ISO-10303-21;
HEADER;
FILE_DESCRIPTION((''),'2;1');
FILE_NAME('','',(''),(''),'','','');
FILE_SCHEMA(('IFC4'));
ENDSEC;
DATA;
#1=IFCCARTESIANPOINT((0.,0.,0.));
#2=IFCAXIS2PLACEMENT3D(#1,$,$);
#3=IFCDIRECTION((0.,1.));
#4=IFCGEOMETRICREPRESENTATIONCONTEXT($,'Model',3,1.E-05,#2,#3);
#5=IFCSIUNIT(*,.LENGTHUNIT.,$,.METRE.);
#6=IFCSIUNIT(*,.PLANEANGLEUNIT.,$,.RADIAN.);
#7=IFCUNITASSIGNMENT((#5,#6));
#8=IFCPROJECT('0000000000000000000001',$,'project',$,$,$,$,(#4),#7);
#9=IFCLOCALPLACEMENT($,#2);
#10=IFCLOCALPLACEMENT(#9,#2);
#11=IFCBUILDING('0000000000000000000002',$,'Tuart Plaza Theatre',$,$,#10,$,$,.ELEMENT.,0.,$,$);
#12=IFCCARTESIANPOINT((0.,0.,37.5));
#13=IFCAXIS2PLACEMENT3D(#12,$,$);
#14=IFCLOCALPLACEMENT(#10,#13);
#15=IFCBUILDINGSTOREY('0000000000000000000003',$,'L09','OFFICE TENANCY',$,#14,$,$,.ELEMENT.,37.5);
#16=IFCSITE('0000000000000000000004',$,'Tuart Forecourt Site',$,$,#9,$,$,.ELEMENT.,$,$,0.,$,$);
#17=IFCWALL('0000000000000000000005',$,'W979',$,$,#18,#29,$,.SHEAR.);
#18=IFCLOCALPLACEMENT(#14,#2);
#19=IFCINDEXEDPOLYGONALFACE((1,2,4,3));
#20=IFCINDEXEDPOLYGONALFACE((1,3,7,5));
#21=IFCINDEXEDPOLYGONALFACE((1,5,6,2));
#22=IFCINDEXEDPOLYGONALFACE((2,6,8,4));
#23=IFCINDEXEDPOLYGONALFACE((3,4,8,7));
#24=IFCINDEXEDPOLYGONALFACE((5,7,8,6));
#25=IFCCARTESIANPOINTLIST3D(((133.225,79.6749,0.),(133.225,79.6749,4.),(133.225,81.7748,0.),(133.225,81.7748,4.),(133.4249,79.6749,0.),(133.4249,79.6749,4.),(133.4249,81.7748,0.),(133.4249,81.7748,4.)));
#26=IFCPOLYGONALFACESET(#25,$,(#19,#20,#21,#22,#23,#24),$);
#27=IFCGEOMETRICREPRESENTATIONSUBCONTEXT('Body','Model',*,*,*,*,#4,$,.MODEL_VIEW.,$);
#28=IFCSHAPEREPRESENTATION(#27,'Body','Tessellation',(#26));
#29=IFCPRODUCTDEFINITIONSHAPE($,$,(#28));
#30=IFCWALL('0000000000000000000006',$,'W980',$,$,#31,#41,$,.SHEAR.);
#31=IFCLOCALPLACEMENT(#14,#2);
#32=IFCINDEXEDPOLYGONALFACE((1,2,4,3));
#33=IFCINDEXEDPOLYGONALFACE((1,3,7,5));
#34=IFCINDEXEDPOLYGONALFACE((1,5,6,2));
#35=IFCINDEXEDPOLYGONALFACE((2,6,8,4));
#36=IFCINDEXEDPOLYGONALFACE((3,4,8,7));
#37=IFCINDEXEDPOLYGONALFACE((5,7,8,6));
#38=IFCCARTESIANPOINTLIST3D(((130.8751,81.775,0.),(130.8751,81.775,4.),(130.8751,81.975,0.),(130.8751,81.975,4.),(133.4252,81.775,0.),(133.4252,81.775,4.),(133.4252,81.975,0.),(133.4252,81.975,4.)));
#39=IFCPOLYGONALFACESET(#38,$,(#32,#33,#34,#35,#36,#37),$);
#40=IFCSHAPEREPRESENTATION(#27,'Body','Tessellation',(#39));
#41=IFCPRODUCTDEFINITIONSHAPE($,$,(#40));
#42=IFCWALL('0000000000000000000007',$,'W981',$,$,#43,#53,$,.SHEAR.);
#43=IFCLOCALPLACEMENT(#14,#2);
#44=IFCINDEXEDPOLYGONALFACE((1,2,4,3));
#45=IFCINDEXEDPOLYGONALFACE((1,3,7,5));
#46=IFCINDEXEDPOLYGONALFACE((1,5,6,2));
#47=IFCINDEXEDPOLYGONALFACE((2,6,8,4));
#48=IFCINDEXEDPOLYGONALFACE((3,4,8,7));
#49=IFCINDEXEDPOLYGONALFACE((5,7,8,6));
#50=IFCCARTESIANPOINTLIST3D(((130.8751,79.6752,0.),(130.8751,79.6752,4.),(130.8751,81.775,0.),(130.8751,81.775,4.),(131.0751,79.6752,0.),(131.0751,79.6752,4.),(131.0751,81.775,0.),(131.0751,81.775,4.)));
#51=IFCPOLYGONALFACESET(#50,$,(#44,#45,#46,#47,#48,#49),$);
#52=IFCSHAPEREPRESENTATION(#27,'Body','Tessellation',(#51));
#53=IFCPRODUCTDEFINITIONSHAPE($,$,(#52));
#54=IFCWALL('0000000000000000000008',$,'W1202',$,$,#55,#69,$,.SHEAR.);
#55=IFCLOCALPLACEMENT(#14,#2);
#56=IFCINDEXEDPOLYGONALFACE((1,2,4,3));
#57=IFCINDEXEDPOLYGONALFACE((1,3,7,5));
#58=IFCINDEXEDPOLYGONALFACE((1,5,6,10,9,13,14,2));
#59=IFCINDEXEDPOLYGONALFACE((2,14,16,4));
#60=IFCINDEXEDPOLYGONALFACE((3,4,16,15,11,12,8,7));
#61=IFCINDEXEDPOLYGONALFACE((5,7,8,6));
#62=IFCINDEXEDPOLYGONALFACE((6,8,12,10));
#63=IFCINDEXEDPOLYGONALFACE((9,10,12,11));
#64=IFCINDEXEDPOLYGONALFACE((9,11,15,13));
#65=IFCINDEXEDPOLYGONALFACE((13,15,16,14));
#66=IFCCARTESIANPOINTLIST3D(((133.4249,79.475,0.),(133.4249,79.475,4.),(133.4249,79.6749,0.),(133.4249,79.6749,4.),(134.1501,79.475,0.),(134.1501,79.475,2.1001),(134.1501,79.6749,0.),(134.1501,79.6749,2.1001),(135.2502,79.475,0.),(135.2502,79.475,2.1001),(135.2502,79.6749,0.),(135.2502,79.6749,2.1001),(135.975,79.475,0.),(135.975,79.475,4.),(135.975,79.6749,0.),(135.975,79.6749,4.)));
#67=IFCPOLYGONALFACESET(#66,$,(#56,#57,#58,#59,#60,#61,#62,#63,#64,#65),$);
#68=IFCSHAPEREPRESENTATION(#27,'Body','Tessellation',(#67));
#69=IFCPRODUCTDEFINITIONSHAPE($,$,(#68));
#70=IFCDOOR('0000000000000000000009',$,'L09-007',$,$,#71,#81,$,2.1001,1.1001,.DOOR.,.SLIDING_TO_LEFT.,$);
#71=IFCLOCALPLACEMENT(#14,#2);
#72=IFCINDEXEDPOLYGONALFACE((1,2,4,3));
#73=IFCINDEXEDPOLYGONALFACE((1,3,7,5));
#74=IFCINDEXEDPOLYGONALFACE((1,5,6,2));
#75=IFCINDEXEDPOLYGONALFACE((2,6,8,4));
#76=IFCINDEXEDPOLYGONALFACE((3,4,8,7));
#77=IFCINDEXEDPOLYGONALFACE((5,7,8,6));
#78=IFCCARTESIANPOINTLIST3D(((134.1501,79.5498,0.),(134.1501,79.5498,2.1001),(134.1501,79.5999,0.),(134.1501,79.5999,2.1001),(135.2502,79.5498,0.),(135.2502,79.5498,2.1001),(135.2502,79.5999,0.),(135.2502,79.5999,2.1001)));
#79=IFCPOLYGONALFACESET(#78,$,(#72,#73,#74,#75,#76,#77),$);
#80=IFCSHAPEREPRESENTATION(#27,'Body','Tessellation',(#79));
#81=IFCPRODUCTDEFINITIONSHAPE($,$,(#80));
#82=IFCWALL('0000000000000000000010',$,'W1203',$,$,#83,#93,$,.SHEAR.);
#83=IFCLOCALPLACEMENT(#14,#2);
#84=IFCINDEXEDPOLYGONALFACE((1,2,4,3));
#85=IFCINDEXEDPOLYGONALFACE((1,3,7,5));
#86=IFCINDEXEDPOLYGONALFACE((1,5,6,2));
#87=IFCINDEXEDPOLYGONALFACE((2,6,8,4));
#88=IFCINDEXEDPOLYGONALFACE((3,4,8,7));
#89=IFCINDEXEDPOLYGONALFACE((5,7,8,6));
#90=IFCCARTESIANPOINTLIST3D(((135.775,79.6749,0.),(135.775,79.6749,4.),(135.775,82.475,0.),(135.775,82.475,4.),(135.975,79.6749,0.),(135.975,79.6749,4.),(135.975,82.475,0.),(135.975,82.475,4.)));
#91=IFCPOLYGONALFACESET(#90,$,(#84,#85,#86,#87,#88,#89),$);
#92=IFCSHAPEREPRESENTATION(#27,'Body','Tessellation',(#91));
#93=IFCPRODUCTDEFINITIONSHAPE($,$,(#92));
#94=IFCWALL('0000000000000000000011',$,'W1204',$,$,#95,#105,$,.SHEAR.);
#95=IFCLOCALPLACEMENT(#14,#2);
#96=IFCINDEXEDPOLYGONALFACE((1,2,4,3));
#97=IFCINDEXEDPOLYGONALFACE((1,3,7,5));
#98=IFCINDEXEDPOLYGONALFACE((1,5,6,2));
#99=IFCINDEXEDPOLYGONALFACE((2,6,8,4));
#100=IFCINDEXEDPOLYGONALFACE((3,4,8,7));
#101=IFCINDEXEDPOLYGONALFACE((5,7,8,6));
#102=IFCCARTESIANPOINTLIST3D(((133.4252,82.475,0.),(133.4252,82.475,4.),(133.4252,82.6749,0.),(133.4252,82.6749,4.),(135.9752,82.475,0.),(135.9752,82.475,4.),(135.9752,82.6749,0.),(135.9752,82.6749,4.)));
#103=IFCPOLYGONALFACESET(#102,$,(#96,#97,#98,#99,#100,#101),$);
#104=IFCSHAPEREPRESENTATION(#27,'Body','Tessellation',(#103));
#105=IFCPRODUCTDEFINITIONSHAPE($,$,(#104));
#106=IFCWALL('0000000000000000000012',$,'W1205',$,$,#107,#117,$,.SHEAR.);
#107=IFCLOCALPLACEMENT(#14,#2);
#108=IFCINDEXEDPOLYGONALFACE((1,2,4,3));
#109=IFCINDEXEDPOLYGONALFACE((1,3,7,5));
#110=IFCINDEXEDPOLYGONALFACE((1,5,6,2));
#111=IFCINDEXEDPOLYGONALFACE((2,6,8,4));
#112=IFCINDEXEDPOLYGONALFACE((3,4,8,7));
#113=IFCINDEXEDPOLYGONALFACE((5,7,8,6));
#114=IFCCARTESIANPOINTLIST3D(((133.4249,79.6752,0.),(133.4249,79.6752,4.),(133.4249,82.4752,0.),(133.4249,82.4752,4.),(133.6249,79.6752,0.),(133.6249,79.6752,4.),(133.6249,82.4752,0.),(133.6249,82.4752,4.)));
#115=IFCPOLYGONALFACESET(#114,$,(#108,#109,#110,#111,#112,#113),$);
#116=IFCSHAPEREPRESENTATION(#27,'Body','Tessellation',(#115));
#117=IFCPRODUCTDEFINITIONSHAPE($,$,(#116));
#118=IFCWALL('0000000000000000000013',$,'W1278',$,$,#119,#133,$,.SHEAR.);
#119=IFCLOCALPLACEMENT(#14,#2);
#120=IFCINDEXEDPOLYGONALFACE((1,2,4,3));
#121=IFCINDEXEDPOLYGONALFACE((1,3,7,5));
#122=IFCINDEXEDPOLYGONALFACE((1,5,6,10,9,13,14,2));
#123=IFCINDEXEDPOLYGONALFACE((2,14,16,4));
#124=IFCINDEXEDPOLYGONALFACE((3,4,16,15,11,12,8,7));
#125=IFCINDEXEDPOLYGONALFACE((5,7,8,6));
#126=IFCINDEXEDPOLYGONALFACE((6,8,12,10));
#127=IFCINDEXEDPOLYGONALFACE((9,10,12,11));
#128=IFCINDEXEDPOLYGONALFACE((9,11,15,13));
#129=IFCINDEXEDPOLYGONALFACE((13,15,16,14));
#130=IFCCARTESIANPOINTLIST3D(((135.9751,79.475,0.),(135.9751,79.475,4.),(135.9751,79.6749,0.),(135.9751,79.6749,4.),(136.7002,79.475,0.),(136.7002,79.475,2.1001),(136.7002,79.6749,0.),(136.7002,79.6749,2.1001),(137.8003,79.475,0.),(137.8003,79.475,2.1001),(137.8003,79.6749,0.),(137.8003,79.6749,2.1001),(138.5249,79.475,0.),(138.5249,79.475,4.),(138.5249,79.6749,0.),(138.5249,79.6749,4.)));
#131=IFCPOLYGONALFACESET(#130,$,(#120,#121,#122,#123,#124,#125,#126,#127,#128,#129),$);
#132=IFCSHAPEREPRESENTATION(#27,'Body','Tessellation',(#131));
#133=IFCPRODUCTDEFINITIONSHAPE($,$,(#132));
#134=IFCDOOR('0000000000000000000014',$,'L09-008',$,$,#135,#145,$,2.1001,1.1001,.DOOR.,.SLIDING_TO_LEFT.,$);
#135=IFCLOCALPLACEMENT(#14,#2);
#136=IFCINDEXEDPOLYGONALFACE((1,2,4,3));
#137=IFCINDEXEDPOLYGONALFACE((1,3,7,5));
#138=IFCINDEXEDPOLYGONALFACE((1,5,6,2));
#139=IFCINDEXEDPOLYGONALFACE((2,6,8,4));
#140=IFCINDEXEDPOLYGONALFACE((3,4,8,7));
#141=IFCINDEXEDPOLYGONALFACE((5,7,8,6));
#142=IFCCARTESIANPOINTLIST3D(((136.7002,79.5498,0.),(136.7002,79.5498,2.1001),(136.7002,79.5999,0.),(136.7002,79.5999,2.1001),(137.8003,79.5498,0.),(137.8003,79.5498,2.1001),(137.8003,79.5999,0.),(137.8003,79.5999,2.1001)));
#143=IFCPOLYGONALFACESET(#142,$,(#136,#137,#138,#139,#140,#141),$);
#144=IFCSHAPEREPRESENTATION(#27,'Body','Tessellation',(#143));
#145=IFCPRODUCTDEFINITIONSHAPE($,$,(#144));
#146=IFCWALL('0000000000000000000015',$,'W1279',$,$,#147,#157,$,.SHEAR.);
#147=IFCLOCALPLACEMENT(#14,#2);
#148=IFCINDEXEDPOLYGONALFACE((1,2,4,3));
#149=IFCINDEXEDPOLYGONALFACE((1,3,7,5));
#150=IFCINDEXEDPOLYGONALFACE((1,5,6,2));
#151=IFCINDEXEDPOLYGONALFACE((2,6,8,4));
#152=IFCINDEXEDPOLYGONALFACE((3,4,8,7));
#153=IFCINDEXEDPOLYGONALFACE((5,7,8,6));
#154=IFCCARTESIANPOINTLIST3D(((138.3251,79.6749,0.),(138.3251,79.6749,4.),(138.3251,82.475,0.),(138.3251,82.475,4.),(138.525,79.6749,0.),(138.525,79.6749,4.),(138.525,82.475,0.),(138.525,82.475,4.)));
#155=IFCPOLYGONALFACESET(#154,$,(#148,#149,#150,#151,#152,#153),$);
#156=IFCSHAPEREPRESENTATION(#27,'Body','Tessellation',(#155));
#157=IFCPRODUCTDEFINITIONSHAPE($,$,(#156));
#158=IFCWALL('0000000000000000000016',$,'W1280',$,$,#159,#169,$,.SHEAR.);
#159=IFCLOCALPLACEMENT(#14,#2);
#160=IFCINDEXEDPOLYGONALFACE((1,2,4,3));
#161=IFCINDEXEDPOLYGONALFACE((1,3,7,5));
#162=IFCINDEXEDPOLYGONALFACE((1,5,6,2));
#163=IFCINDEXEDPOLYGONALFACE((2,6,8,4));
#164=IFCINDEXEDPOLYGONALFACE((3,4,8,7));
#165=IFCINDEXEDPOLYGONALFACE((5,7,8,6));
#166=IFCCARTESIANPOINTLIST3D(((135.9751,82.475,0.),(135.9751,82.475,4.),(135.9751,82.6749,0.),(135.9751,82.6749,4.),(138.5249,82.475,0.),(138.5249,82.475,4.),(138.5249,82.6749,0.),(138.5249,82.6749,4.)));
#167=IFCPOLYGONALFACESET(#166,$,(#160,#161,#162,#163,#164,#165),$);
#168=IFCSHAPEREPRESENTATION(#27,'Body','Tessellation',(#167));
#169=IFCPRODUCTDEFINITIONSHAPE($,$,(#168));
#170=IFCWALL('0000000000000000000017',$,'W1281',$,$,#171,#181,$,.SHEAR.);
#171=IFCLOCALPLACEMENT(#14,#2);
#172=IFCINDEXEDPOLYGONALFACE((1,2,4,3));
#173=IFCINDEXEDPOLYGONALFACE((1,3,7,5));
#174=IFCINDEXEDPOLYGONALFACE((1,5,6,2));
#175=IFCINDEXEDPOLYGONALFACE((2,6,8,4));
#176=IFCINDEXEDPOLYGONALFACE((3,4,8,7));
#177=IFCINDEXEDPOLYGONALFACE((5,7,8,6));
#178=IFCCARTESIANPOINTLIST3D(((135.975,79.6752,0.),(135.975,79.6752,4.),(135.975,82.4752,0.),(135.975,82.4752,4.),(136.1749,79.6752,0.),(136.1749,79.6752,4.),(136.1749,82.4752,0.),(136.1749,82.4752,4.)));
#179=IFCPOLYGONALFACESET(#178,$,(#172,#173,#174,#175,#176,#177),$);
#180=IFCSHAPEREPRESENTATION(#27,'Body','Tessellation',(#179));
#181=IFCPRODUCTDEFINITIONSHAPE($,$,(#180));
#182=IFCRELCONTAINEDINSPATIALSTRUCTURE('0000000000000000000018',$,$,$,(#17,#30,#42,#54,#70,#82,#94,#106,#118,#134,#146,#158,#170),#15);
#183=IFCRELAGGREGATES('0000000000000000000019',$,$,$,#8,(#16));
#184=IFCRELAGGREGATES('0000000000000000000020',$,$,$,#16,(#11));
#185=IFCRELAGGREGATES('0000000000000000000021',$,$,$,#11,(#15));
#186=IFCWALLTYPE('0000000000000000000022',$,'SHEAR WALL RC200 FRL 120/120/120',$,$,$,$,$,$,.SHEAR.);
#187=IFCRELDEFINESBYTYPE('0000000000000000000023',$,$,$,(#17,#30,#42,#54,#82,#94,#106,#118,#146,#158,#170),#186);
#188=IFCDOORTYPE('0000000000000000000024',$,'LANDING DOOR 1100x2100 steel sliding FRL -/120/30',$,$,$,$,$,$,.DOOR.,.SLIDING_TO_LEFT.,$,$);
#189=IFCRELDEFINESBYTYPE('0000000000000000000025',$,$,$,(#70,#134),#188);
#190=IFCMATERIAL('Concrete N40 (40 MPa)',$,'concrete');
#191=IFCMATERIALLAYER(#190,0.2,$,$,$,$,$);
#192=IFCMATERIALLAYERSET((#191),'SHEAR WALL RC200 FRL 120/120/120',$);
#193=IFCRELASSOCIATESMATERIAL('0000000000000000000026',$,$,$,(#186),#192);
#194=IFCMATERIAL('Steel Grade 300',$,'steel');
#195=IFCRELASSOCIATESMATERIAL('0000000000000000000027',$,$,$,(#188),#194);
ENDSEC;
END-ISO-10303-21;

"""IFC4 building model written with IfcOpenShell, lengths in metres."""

from ifc_helpers import new_model, si_unit, direction, frame, frame_2d, origin, place, context, subcontext, project, spatial, rectangle, extrude, material, layer, layer_set, type_object, element, fill, save


model = new_model("IFC4")

# Units and contexts
model_context = context("Model", 3, precision=1e-05, world=origin(), true_north=direction((0.0, 1.0)))
body_context = subcontext(model_context, "Body", "Model", "MODEL_VIEW")
ifc_project = project(units=[si_unit("LENGTHUNIT", "METRE"), si_unit("PLANEANGLEUNIT", "RADIAN")], contexts=[model_context])

# Site, building, storey
site_placement = place(None, origin())
site = spatial("IfcSite", under=ifc_project, at=site_placement, Name="Tuart Forecourt Site", CompositionType="ELEMENT", RefElevation=0.0)
building_placement = place(site_placement, origin())
building = spatial("IfcBuilding", under=site, at=building_placement, Name="Tuart Plaza Theatre", CompositionType="ELEMENT", ElevationOfRefHeight=0.0)
storey_placement = place(building_placement, frame((0.0, 0.0, 37.5)))
storey = spatial("IfcBuildingStorey", under=building, at=storey_placement, Name="L09", Description="OFFICE TENANCY", CompositionType="ELEMENT", Elevation=37.5)

# Shared definitions
ifc_material_1 = material(Name="Concrete N40 (40 MPa)", Category="concrete")
ifc_layer_1 = layer(ifc_material_1, 0.2)
ifc_layer_set_1 = layer_set([ifc_layer_1], Name="SHEAR WALL RC200 FRL 120/120/120")
wall_type_1 = type_object("IfcWallType", Name="SHEAR WALL RC200 FRL 120/120/120", PredefinedType="SHEAR", material=ifc_layer_set_1)

# Shared definitions
ifc_material_2 = material(Name="Steel Grade 300", Category="steel")
door_type_1 = type_object("IfcDoorType", Name="LANDING DOOR 1100x2100 steel sliding FRL -/120/30", OperationType="SLIDING_TO_LEFT", PredefinedType="DOOR", material=ifc_material_2)

# Walls
wall_1_placement = place(storey_placement, frame((133.325, 79.675, 0.0), z_axis=(0.0, 0.0, 1.0), x_axis=(0.0, 1.0, 0.0)))
element("IfcWall", 1, at=wall_1_placement, inside=storey, type_object=wall_type_1, Name="W979", PredefinedType="SHEAR", context=body_context, shape_type="SweptSolid", body=[
    extrude(rectangle(XDim=2.0999, YDim=0.2, at=frame_2d((1.0498, 0.0))), origin(), (0.0, 0.0, 1.0), 4.0),
])
wall_2_placement = place(storey_placement, frame((133.425, 81.875, 0.0), z_axis=(0.0, 0.0, 1.0), x_axis=(-1.0, 0.0, 0.0)))
element("IfcWall", 2, at=wall_2_placement, inside=storey, type_object=wall_type_1, Name="W980", PredefinedType="SHEAR", context=body_context, shape_type="SweptSolid", body=[
    extrude(rectangle(XDim=2.55, YDim=0.2, at=frame_2d((1.2749, 0.0))), origin(), (0.0, 0.0, 1.0), 4.0),
])
wall_3_placement = place(storey_placement, frame((130.9751, 81.7749, 0.0), z_axis=(0.0, 0.0, 1.0), x_axis=(0.0, -1.0, 0.0)))
element("IfcWall", 3, at=wall_3_placement, inside=storey, type_object=wall_type_1, Name="W981", PredefinedType="SHEAR", context=body_context, shape_type="SweptSolid", body=[
    extrude(rectangle(XDim=2.0999, YDim=0.2, at=frame_2d((1.0498, 0.0))), origin(), (0.0, 0.0, 1.0), 4.0),
])

# Wall, opening, door
wall_4_placement = place(storey_placement, frame((133.425, 79.575, 0.0), z_axis=(0.0, 0.0, 1.0), x_axis=(1.0, 0.0, 0.0)))
wall_4 = element("IfcWall", 4, at=wall_4_placement, inside=storey, type_object=wall_type_1, Name="W1202", PredefinedType="SHEAR", context=body_context, shape_type="SweptSolid", body=[
    extrude(rectangle(XDim=2.55, YDim=0.2, at=frame_2d((1.2749, 0.0))), origin(), (0.0, 0.0, 1.0), 4.0),
])
opening_1_placement = place(wall_4_placement, frame((0.7251, 0.0, 0.0)))
opening_1 = element("IfcOpeningElement", 5, at=opening_1_placement, cuts=wall_4, PredefinedType="OPENING", context=body_context, shape_type="SweptSolid", body=[
    extrude(rectangle(XDim=1.1001, YDim=2.1001, at=frame_2d((0.55, 1.05))), frame((0.0, 0.1099, 0.0), z_axis=(0.0, -1.0, 0.0), x_axis=(1.0, 0.0, 0.0)), (0.0, 0.0, 1.0), 0.22),
])
door_1_placement = place(opening_1_placement, origin())
door_1 = element("IfcDoor", 6, at=door_1_placement, inside=storey, type_object=door_type_1, Name="L09-007", OperationType="SLIDING_TO_LEFT", OverallHeight=2.1001, OverallWidth=1.1001, PredefinedType="DOOR", context=body_context, shape_type="SweptSolid", body=[
    extrude(rectangle(XDim=1.1001, YDim=2.1001, at=frame_2d((0.55, 1.05))), frame((0.0, 0.0249, 0.0), z_axis=(0.0, -1.0, 0.0), x_axis=(1.0, 0.0, 0.0)), (0.0, 0.0, 1.0), 0.05),
])
fill(opening_1, door_1)

# Walls
wall_5_placement = place(storey_placement, frame((135.875, 79.675, 0.0), z_axis=(0.0, 0.0, 1.0), x_axis=(0.0, 1.0, 0.0)))
element("IfcWall", 7, at=wall_5_placement, inside=storey, type_object=wall_type_1, Name="W1203", PredefinedType="SHEAR", context=body_context, shape_type="SweptSolid", body=[
    extrude(rectangle(XDim=2.8, YDim=0.2, at=frame_2d((1.3999, 0.0))), origin(), (0.0, 0.0, 1.0), 4.0),
])
wall_6_placement = place(storey_placement, frame((135.9751, 82.575, 0.0), z_axis=(0.0, 0.0, 1.0), x_axis=(-1.0, 0.0, 0.0)))
element("IfcWall", 8, at=wall_6_placement, inside=storey, type_object=wall_type_1, Name="W1204", PredefinedType="SHEAR", context=body_context, shape_type="SweptSolid", body=[
    extrude(rectangle(XDim=2.55, YDim=0.2, at=frame_2d((1.2749, 0.0))), origin(), (0.0, 0.0, 1.0), 4.0),
])
wall_7_placement = place(storey_placement, frame((133.5249, 82.4751, 0.0), z_axis=(0.0, 0.0, 1.0), x_axis=(0.0, -1.0, 0.0)))
element("IfcWall", 9, at=wall_7_placement, inside=storey, type_object=wall_type_1, Name="W1205", PredefinedType="SHEAR", context=body_context, shape_type="SweptSolid", body=[
    extrude(rectangle(XDim=2.8, YDim=0.2, at=frame_2d((1.3999, 0.0))), origin(), (0.0, 0.0, 1.0), 4.0),
])

# Wall, opening, door
wall_8_placement = place(storey_placement, frame((135.9751, 79.575, 0.0), z_axis=(0.0, 0.0, 1.0), x_axis=(1.0, 0.0, 0.0)))
wall_8 = element("IfcWall", 10, at=wall_8_placement, inside=storey, type_object=wall_type_1, Name="W1278", PredefinedType="SHEAR", context=body_context, shape_type="SweptSolid", body=[
    extrude(rectangle(XDim=2.5498, YDim=0.2, at=frame_2d((1.2749, 0.0))), origin(), (0.0, 0.0, 1.0), 4.0),
])
opening_2_placement = place(wall_8_placement, frame((0.7251, 0.0, 0.0)))
opening_2 = element("IfcOpeningElement", 11, at=opening_2_placement, cuts=wall_8, PredefinedType="OPENING", context=body_context, shape_type="SweptSolid", body=[
    extrude(rectangle(XDim=1.1001, YDim=2.1001, at=frame_2d((0.55, 1.05))), frame((0.0, 0.1099, 0.0), z_axis=(0.0, -1.0, 0.0), x_axis=(1.0, 0.0, 0.0)), (0.0, 0.0, 1.0), 0.22),
])
door_2_placement = place(opening_2_placement, origin())
door_2 = element("IfcDoor", 12, at=door_2_placement, inside=storey, type_object=door_type_1, Name="L09-008", OperationType="SLIDING_TO_LEFT", OverallHeight=2.1001, OverallWidth=1.1001, PredefinedType="DOOR", context=body_context, shape_type="SweptSolid", body=[
    extrude(rectangle(XDim=1.1001, YDim=2.1001, at=frame_2d((0.55, 1.05))), frame((0.0, 0.0249, 0.0), z_axis=(0.0, -1.0, 0.0), x_axis=(1.0, 0.0, 0.0)), (0.0, 0.0, 1.0), 0.05),
])
fill(opening_2, door_2)

# Walls
wall_9_placement = place(storey_placement, frame((138.425, 79.675, 0.0), z_axis=(0.0, 0.0, 1.0), x_axis=(0.0, 1.0, 0.0)))
element("IfcWall", 13, at=wall_9_placement, inside=storey, type_object=wall_type_1, Name="W1279", PredefinedType="SHEAR", context=body_context, shape_type="SweptSolid", body=[
    extrude(rectangle(XDim=2.8, YDim=0.2, at=frame_2d((1.3999, 0.0))), origin(), (0.0, 0.0, 1.0), 4.0),
])
wall_10_placement = place(storey_placement, frame((138.5249, 82.575, 0.0), z_axis=(0.0, 0.0, 1.0), x_axis=(-1.0, 0.0, 0.0)))
element("IfcWall", 14, at=wall_10_placement, inside=storey, type_object=wall_type_1, Name="W1280", PredefinedType="SHEAR", context=body_context, shape_type="SweptSolid", body=[
    extrude(rectangle(XDim=2.5498, YDim=0.2, at=frame_2d((1.2749, 0.0))), origin(), (0.0, 0.0, 1.0), 4.0),
])
wall_11_placement = place(storey_placement, frame((136.075, 82.4751, 0.0), z_axis=(0.0, 0.0, 1.0), x_axis=(0.0, -1.0, 0.0)))
element("IfcWall", 15, at=wall_11_placement, inside=storey, type_object=wall_type_1, Name="W1281", PredefinedType="SHEAR", context=body_context, shape_type="SweptSolid", body=[
    extrude(rectangle(XDim=2.8, YDim=0.2, at=frame_2d((1.3999, 0.0))), origin(), (0.0, 0.0, 1.0), 4.0),
])

save(model, "model.ifc")
